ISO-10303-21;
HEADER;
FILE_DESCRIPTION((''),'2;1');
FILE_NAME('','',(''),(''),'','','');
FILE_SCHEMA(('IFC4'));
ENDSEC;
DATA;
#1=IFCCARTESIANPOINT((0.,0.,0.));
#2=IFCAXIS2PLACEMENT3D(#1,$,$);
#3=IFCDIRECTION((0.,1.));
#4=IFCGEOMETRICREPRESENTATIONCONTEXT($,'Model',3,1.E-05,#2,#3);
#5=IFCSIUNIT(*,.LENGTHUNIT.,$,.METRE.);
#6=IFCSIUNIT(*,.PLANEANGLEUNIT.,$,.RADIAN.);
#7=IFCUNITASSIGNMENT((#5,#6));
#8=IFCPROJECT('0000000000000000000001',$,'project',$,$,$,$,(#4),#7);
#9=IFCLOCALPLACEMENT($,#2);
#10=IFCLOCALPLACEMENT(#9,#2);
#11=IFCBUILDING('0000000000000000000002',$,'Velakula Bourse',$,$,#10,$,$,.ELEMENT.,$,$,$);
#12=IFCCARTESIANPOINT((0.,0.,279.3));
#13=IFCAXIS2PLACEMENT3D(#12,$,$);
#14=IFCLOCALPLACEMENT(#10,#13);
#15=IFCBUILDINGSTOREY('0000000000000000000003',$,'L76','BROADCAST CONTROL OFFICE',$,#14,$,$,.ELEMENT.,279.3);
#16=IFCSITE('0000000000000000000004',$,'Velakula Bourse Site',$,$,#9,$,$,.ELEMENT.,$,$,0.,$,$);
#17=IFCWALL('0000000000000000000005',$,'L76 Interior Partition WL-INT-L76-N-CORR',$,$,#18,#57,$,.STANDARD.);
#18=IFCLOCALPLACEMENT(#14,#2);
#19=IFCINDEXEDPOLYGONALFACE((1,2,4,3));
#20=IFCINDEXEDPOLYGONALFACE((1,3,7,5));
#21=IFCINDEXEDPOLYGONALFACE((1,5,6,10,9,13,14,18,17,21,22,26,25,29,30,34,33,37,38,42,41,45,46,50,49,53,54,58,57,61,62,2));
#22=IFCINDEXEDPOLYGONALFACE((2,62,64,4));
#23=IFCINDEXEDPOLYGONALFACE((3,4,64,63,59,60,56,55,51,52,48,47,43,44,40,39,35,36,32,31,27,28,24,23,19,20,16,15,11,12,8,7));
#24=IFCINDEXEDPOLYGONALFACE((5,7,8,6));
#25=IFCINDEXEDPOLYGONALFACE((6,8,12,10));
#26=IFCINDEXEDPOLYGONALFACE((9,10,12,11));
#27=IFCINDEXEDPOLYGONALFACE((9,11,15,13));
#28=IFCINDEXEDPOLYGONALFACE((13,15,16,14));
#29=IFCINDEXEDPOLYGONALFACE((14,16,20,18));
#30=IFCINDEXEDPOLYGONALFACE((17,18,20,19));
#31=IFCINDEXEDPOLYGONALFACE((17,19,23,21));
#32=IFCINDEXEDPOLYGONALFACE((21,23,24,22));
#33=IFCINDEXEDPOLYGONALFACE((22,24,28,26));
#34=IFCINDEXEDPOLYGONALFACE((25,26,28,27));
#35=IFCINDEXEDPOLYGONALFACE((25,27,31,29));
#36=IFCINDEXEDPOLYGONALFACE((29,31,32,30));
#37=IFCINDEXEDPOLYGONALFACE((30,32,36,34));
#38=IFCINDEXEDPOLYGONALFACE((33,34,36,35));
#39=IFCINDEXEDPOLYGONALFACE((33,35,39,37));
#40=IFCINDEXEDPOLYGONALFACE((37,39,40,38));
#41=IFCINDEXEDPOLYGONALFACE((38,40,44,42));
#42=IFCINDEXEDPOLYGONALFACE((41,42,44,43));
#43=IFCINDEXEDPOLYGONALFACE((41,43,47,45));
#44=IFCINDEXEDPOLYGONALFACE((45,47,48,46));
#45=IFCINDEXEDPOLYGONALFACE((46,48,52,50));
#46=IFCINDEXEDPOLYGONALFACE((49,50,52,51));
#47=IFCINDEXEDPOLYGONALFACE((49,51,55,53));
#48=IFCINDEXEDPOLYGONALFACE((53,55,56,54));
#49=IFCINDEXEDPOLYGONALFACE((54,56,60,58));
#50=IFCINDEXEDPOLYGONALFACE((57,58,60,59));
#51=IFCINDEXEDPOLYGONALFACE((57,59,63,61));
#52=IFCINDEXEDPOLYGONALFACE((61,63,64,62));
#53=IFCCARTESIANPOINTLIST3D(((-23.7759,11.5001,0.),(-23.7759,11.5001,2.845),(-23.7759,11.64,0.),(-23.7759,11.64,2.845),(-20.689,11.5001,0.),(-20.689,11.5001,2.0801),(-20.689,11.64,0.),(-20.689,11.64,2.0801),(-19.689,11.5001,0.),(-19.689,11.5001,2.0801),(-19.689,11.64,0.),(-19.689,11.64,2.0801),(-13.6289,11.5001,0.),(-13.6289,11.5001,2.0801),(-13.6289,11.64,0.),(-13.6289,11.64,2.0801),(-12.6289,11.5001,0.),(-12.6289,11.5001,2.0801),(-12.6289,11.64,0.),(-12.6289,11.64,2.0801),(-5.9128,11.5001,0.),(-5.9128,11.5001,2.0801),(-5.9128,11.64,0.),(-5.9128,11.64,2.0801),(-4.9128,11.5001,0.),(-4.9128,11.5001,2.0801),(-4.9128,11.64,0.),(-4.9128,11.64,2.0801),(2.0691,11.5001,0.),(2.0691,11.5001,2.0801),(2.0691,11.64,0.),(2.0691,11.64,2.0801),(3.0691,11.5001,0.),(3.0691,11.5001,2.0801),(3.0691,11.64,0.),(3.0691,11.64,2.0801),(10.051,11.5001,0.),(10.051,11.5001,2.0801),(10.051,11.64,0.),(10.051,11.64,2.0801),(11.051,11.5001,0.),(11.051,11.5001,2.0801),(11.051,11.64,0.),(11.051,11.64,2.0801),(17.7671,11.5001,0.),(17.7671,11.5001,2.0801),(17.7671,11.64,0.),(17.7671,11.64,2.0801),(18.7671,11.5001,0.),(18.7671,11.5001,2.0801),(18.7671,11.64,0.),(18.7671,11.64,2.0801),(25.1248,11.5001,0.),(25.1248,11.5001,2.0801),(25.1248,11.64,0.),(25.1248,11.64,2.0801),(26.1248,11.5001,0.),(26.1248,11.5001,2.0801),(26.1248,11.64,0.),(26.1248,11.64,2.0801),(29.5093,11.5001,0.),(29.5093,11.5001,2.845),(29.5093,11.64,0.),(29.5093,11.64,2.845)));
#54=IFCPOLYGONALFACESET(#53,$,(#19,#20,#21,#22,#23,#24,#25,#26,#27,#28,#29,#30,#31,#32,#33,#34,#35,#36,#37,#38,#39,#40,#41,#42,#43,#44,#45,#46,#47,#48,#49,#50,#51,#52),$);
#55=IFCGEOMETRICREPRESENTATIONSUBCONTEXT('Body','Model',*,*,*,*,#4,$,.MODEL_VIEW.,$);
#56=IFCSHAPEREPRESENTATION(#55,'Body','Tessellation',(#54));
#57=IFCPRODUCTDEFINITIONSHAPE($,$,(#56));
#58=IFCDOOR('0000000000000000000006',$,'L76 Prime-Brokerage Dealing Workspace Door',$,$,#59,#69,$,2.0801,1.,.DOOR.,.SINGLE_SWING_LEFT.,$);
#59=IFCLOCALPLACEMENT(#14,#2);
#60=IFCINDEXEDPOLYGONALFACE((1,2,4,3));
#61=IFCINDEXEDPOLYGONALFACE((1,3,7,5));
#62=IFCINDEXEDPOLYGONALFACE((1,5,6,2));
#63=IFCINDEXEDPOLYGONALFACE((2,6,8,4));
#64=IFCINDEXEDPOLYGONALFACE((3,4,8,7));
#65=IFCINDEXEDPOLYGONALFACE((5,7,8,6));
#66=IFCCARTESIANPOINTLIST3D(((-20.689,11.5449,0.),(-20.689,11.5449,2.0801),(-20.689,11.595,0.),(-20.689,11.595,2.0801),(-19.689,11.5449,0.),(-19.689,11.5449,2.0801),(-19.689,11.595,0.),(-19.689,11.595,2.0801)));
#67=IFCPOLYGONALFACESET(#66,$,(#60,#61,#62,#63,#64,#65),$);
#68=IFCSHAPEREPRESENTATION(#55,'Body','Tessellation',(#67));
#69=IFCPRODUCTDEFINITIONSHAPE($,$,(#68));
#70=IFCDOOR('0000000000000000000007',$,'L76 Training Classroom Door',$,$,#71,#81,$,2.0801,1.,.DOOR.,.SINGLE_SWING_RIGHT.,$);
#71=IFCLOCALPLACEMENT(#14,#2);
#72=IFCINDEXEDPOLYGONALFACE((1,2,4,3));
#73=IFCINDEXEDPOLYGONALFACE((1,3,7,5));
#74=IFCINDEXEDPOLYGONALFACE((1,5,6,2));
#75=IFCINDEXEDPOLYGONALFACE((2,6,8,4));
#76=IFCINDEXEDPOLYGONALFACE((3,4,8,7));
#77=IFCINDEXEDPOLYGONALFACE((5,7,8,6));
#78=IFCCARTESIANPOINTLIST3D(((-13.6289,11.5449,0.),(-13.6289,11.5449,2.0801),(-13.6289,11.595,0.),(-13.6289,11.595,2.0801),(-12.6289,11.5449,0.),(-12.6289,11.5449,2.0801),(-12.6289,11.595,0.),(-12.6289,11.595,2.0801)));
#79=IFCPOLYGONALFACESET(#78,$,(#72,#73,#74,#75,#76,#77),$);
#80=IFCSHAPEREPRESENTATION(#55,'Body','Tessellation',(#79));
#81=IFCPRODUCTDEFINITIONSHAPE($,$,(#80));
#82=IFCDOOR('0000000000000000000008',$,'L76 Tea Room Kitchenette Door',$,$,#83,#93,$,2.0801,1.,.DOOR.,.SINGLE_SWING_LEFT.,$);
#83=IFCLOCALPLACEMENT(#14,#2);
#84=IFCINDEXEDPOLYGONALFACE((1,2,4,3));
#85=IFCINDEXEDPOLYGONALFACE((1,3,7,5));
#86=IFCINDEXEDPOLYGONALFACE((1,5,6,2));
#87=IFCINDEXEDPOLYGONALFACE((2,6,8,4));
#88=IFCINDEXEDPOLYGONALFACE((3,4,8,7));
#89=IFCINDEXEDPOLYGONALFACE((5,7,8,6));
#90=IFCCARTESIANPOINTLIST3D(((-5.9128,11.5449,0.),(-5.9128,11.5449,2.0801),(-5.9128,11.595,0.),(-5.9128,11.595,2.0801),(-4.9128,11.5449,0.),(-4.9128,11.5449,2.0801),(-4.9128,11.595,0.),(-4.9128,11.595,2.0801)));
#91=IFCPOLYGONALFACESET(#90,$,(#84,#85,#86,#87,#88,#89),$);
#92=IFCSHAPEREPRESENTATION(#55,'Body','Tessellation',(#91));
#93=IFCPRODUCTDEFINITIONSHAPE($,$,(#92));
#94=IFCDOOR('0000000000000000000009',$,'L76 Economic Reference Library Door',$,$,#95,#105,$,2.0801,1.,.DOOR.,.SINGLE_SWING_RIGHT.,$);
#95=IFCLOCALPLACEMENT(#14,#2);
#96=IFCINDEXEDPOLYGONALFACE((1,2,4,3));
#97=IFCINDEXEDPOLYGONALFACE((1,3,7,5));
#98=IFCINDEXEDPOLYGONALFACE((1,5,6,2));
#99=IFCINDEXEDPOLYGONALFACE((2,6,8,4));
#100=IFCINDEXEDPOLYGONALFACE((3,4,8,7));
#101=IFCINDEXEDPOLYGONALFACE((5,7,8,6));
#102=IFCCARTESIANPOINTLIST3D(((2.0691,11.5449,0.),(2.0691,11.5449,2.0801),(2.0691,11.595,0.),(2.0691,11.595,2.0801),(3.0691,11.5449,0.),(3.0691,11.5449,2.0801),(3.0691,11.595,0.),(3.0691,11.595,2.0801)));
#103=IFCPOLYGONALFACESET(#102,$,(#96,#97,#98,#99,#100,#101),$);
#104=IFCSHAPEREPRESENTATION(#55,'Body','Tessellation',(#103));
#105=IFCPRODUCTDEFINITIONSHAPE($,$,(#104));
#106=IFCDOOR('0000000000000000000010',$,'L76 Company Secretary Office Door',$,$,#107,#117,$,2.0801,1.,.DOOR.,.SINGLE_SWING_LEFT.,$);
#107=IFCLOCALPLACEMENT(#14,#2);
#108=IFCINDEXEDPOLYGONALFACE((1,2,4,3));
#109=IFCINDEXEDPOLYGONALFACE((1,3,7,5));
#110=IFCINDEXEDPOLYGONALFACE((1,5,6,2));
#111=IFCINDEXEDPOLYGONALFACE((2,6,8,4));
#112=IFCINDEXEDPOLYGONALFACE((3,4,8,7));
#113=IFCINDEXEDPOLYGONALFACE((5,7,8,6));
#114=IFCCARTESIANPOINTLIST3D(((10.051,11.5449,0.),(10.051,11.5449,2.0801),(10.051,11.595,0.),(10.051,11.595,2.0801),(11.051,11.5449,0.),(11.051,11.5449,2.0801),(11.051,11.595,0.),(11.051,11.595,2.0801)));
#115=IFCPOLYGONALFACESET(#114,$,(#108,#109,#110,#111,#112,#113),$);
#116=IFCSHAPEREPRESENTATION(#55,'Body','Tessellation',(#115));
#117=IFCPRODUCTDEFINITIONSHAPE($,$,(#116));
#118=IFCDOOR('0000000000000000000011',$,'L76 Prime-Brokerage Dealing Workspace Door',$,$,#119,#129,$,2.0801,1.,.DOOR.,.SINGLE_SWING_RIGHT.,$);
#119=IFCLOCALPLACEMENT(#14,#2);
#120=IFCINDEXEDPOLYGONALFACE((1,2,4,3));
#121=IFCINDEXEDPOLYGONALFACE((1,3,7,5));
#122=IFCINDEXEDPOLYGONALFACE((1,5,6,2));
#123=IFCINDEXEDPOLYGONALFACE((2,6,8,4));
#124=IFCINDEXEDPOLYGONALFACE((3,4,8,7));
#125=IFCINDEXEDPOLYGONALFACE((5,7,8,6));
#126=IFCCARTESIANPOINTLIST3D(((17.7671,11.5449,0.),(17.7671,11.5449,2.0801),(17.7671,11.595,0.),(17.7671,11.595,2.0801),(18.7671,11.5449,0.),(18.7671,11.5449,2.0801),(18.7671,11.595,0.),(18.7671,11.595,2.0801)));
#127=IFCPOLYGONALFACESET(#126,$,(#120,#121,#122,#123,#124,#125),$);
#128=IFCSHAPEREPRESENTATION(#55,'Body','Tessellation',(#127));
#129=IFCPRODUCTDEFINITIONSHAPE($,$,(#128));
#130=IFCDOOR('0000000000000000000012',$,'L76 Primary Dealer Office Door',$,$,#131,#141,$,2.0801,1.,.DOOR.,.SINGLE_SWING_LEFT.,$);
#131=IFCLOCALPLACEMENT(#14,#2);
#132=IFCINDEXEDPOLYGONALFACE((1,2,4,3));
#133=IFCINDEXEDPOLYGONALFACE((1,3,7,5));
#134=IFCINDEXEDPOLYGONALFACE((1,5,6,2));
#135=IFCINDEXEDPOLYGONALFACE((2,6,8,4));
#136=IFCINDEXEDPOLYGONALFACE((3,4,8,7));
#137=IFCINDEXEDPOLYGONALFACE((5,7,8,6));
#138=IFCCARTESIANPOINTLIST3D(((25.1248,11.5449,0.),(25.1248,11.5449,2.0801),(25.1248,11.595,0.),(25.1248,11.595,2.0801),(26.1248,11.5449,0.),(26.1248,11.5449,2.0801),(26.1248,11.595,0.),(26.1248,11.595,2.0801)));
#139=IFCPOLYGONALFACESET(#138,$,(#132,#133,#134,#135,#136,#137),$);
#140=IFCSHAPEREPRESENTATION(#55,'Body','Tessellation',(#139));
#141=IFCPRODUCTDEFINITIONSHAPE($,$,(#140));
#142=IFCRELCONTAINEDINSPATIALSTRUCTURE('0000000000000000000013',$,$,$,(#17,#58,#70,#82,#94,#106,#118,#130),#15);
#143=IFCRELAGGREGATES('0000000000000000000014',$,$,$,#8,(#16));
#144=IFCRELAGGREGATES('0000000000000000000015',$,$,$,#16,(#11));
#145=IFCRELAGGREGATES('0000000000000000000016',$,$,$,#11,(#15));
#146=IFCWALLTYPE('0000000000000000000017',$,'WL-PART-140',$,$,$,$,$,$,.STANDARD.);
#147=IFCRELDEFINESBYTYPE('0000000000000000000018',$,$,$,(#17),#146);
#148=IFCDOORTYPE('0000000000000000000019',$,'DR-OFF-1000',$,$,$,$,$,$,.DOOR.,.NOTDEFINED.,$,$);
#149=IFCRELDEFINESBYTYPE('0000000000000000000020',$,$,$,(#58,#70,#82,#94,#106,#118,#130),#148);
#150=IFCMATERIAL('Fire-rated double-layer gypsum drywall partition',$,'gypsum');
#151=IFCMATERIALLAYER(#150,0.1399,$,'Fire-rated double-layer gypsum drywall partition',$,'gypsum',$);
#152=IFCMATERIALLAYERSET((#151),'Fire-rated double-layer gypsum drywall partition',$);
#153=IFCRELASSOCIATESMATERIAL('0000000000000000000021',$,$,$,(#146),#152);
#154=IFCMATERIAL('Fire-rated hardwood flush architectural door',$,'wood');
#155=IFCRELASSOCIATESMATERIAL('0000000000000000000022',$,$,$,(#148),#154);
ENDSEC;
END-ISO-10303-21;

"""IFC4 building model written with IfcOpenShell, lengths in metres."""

from ifc_helpers import new_model, si_unit, direction, frame, frame_2d, origin, place, context, subcontext, project, spatial, rectangle, extrude, material, layer, layer_set, type_object, element, fill, save


model = new_model("IFC4")

# Units and contexts
model_context = context("Model", 3, precision=1e-05, world=origin(), true_north=direction((0.0, 1.0)))
body_context = subcontext(model_context, "Body", "Model", "MODEL_VIEW")
ifc_project = project(units=[si_unit("LENGTHUNIT", "METRE"), si_unit("PLANEANGLEUNIT", "RADIAN")], contexts=[model_context])

# Site, building, storey
site_placement = place(None, origin())
site = spatial("IfcSite", under=ifc_project, at=site_placement, Name="Velakula Bourse Site", CompositionType="ELEMENT", RefElevation=0.0)
building_placement = place(site_placement, origin())
building = spatial("IfcBuilding", under=site, at=building_placement, Name="Velakula Bourse", CompositionType="ELEMENT")
storey_placement = place(building_placement, frame((0.0, 0.0, 279.3)))
storey = spatial("IfcBuildingStorey", under=building, at=storey_placement, Name="L76", Description="BROADCAST CONTROL OFFICE", CompositionType="ELEMENT", Elevation=279.3)

# Wall, openings, doors
ifc_material_1 = material(Name="Fire-rated double-layer gypsum drywall partition", Category="gypsum")
ifc_layer_1 = layer(ifc_material_1, 0.1399, Name="Fire-rated double-layer gypsum drywall partition", Category="gypsum")
ifc_layer_set_1 = layer_set([ifc_layer_1], Name="Fire-rated double-layer gypsum drywall partition")
wall_type_1 = type_object("IfcWallType", Name="WL-PART-140", PredefinedType="STANDARD", material=ifc_layer_set_1)
wall_1_placement = place(storey_placement, frame((-23.7759, 11.5701, 0.0), z_axis=(0.0, 0.0, 1.0), x_axis=(1.0, 0.0, 0.0)))
wall_1 = element("IfcWall", 1, at=wall_1_placement, inside=storey, type_object=wall_type_1, Name="L76 Interior Partition WL-INT-L76-N-CORR", PredefinedType="STANDARD", context=body_context, shape_type="SweptSolid", body=[
    extrude(rectangle(XDim=53.2852, YDim=0.1399, at=frame_2d((26.6426, 0.0))), origin(), (0.0, 0.0, 1.0), 2.845),
])
opening_1_placement = place(wall_1_placement, frame((3.0869, 0.0, 0.0)))
opening_1 = element("IfcOpeningElement", 2, at=opening_1_placement, cuts=wall_1, PredefinedType="OPENING", context=body_context, shape_type="SweptSolid", body=[
    extrude(rectangle(XDim=1.0, YDim=2.0801, at=frame_2d((0.5, 1.04))), frame((0.0, 0.0798, 0.0), z_axis=(0.0, -1.0, 0.0), x_axis=(1.0, 0.0, 0.0)), (0.0, 0.0, 1.0), 0.1599),
])
opening_2_placement = place(wall_1_placement, frame((10.147, 0.0, 0.0)))
opening_2 = element("IfcOpeningElement", 3, at=opening_2_placement, cuts=wall_1, PredefinedType="OPENING", context=body_context, shape_type="SweptSolid", body=[
    extrude(rectangle(XDim=1.0, YDim=2.0801, at=frame_2d((0.5, 1.04))), frame((0.0, 0.0798, 0.0), z_axis=(0.0, -1.0, 0.0), x_axis=(1.0, 0.0, 0.0)), (0.0, 0.0, 1.0), 0.1599),
])
opening_3_placement = place(wall_1_placement, frame((17.863, 0.0, 0.0)))
opening_3 = element("IfcOpeningElement", 4, at=opening_3_placement, cuts=wall_1, PredefinedType="OPENING", context=body_context, shape_type="SweptSolid", body=[
    extrude(rectangle(XDim=1.0, YDim=2.0801, at=frame_2d((0.5, 1.04))), frame((0.0, 0.0798, 0.0), z_axis=(0.0, -1.0, 0.0), x_axis=(1.0, 0.0, 0.0)), (0.0, 0.0, 1.0), 0.1599),
])
opening_4_placement = place(wall_1_placement, frame((25.845, 0.0, 0.0)))
opening_4 = element("IfcOpeningElement", 5, at=opening_4_placement, cuts=wall_1, PredefinedType="OPENING", context=body_context, shape_type="SweptSolid", body=[
    extrude(rectangle(XDim=1.0, YDim=2.0801, at=frame_2d((0.5, 1.04))), frame((0.0, 0.0798, 0.0), z_axis=(0.0, -1.0, 0.0), x_axis=(1.0, 0.0, 0.0)), (0.0, 0.0, 1.0), 0.1599),
])
opening_5_placement = place(wall_1_placement, frame((33.8269, 0.0, 0.0)))
opening_5 = element("IfcOpeningElement", 6, at=opening_5_placement, cuts=wall_1, PredefinedType="OPENING", context=body_context, shape_type="SweptSolid", body=[
    extrude(rectangle(XDim=1.0, YDim=2.0801, at=frame_2d((0.5, 1.04))), frame((0.0, 0.0798, 0.0), z_axis=(0.0, -1.0, 0.0), x_axis=(1.0, 0.0, 0.0)), (0.0, 0.0, 1.0), 0.1599),
])
opening_6_placement = place(wall_1_placement, frame((41.543, 0.0, 0.0)))
opening_6 = element("IfcOpeningElement", 7, at=opening_6_placement, cuts=wall_1, PredefinedType="OPENING", context=body_context, shape_type="SweptSolid", body=[
    extrude(rectangle(XDim=1.0, YDim=2.0801, at=frame_2d((0.5, 1.04))), frame((0.0, 0.0798, 0.0), z_axis=(0.0, -1.0, 0.0), x_axis=(1.0, 0.0, 0.0)), (0.0, 0.0, 1.0), 0.1599),
])
opening_7_placement = place(wall_1_placement, frame((48.9006, 0.0, 0.0)))
opening_7 = element("IfcOpeningElement", 8, at=opening_7_placement, cuts=wall_1, PredefinedType="OPENING", context=body_context, shape_type="SweptSolid", body=[
    extrude(rectangle(XDim=1.0, YDim=2.0801, at=frame_2d((0.5, 1.04))), frame((0.0, 0.0798, 0.0), z_axis=(0.0, -1.0, 0.0), x_axis=(1.0, 0.0, 0.0)), (0.0, 0.0, 1.0), 0.1599),
])
ifc_material_2 = material(Name="Fire-rated hardwood flush architectural door", Category="wood")
door_type = type_object("IfcDoorType", Name="DR-OFF-1000", OperationType="NOTDEFINED", PredefinedType="DOOR", material=ifc_material_2)
door_1_placement = place(opening_1_placement, origin())
door_1 = element("IfcDoor", 9, at=door_1_placement, inside=storey, type_object=door_type, Name="L76 Prime-Brokerage Dealing Workspace Door", OperationType="SINGLE_SWING_LEFT", OverallHeight=2.0801, OverallWidth=1.0, PredefinedType="DOOR", context=body_context, shape_type="SweptSolid", body=[
    extrude(rectangle(XDim=1.0, YDim=2.0801, at=frame_2d((0.5, 1.04))), frame((0.0, 0.0249, 0.0), z_axis=(0.0, -1.0, 0.0), x_axis=(1.0, 0.0, 0.0)), (0.0, 0.0, 1.0), 0.05),
])
fill(opening_1, door_1)
door_2_placement = place(opening_2_placement, origin())
door_2 = element("IfcDoor", 10, at=door_2_placement, inside=storey, type_object=door_type, Name="L76 Training Classroom Door", OperationType="SINGLE_SWING_RIGHT", OverallHeight=2.0801, OverallWidth=1.0, PredefinedType="DOOR", context=body_context, shape_type="SweptSolid", body=[
    extrude(rectangle(XDim=1.0, YDim=2.0801, at=frame_2d((0.5, 1.04))), frame((0.0, 0.0249, 0.0), z_axis=(0.0, -1.0, 0.0), x_axis=(1.0, 0.0, 0.0)), (0.0, 0.0, 1.0), 0.05),
])
fill(opening_2, door_2)
door_3_placement = place(opening_3_placement, origin())
door_3 = element("IfcDoor", 11, at=door_3_placement, inside=storey, type_object=door_type, Name="L76 Tea Room Kitchenette Door", OperationType="SINGLE_SWING_LEFT", OverallHeight=2.0801, OverallWidth=1.0, PredefinedType="DOOR", context=body_context, shape_type="SweptSolid", body=[
    extrude(rectangle(XDim=1.0, YDim=2.0801, at=frame_2d((0.5, 1.04))), frame((0.0, 0.0249, 0.0), z_axis=(0.0, -1.0, 0.0), x_axis=(1.0, 0.0, 0.0)), (0.0, 0.0, 1.0), 0.05),
])
fill(opening_3, door_3)
door_4_placement = place(opening_4_placement, origin())
door_4 = element("IfcDoor", 12, at=door_4_placement, inside=storey, type_object=door_type, Name="L76 Economic Reference Library Door", OperationType="SINGLE_SWING_RIGHT", OverallHeight=2.0801, OverallWidth=1.0, PredefinedType="DOOR", context=body_context, shape_type="SweptSolid", body=[
    extrude(rectangle(XDim=1.0, YDim=2.0801, at=frame_2d((0.5, 1.04))), frame((0.0, 0.0249, 0.0), z_axis=(0.0, -1.0, 0.0), x_axis=(1.0, 0.0, 0.0)), (0.0, 0.0, 1.0), 0.05),
])
fill(opening_4, door_4)
door_5_placement = place(opening_5_placement, origin())
door_5 = element("IfcDoor", 13, at=door_5_placement, inside=storey, type_object=door_type, Name="L76 Company Secretary Office Door", OperationType="SINGLE_SWING_LEFT", OverallHeight=2.0801, OverallWidth=1.0, PredefinedType="DOOR", context=body_context, shape_type="SweptSolid", body=[
    extrude(rectangle(XDim=1.0, YDim=2.0801, at=frame_2d((0.5, 1.04))), frame((0.0, 0.0249, 0.0), z_axis=(0.0, -1.0, 0.0), x_axis=(1.0, 0.0, 0.0)), (0.0, 0.0, 1.0), 0.05),
])
fill(opening_5, door_5)
door_6_placement = place(opening_6_placement, origin())
door_6 = element("IfcDoor", 14, at=door_6_placement, inside=storey, type_object=door_type, Name="L76 Prime-Brokerage Dealing Workspace Door", OperationType="SINGLE_SWING_RIGHT", OverallHeight=2.0801, OverallWidth=1.0, PredefinedType="DOOR", context=body_context, shape_type="SweptSolid", body=[
    extrude(rectangle(XDim=1.0, YDim=2.0801, at=frame_2d((0.5, 1.04))), frame((0.0, 0.0249, 0.0), z_axis=(0.0, -1.0, 0.0), x_axis=(1.0, 0.0, 0.0)), (0.0, 0.0, 1.0), 0.05),
])
fill(opening_6, door_6)
door_7_placement = place(opening_7_placement, origin())
door_7 = element("IfcDoor", 15, at=door_7_placement, inside=storey, type_object=door_type, Name="L76 Primary Dealer Office Door", OperationType="SINGLE_SWING_LEFT", OverallHeight=2.0801, OverallWidth=1.0, PredefinedType="DOOR", context=body_context, shape_type="SweptSolid", body=[
    extrude(rectangle(XDim=1.0, YDim=2.0801, at=frame_2d((0.5, 1.04))), frame((0.0, 0.0249, 0.0), z_axis=(0.0, -1.0, 0.0), x_axis=(1.0, 0.0, 0.0)), (0.0, 0.0, 1.0), 0.05),
])
fill(opening_7, door_7)

save(model, "model.ifc")
